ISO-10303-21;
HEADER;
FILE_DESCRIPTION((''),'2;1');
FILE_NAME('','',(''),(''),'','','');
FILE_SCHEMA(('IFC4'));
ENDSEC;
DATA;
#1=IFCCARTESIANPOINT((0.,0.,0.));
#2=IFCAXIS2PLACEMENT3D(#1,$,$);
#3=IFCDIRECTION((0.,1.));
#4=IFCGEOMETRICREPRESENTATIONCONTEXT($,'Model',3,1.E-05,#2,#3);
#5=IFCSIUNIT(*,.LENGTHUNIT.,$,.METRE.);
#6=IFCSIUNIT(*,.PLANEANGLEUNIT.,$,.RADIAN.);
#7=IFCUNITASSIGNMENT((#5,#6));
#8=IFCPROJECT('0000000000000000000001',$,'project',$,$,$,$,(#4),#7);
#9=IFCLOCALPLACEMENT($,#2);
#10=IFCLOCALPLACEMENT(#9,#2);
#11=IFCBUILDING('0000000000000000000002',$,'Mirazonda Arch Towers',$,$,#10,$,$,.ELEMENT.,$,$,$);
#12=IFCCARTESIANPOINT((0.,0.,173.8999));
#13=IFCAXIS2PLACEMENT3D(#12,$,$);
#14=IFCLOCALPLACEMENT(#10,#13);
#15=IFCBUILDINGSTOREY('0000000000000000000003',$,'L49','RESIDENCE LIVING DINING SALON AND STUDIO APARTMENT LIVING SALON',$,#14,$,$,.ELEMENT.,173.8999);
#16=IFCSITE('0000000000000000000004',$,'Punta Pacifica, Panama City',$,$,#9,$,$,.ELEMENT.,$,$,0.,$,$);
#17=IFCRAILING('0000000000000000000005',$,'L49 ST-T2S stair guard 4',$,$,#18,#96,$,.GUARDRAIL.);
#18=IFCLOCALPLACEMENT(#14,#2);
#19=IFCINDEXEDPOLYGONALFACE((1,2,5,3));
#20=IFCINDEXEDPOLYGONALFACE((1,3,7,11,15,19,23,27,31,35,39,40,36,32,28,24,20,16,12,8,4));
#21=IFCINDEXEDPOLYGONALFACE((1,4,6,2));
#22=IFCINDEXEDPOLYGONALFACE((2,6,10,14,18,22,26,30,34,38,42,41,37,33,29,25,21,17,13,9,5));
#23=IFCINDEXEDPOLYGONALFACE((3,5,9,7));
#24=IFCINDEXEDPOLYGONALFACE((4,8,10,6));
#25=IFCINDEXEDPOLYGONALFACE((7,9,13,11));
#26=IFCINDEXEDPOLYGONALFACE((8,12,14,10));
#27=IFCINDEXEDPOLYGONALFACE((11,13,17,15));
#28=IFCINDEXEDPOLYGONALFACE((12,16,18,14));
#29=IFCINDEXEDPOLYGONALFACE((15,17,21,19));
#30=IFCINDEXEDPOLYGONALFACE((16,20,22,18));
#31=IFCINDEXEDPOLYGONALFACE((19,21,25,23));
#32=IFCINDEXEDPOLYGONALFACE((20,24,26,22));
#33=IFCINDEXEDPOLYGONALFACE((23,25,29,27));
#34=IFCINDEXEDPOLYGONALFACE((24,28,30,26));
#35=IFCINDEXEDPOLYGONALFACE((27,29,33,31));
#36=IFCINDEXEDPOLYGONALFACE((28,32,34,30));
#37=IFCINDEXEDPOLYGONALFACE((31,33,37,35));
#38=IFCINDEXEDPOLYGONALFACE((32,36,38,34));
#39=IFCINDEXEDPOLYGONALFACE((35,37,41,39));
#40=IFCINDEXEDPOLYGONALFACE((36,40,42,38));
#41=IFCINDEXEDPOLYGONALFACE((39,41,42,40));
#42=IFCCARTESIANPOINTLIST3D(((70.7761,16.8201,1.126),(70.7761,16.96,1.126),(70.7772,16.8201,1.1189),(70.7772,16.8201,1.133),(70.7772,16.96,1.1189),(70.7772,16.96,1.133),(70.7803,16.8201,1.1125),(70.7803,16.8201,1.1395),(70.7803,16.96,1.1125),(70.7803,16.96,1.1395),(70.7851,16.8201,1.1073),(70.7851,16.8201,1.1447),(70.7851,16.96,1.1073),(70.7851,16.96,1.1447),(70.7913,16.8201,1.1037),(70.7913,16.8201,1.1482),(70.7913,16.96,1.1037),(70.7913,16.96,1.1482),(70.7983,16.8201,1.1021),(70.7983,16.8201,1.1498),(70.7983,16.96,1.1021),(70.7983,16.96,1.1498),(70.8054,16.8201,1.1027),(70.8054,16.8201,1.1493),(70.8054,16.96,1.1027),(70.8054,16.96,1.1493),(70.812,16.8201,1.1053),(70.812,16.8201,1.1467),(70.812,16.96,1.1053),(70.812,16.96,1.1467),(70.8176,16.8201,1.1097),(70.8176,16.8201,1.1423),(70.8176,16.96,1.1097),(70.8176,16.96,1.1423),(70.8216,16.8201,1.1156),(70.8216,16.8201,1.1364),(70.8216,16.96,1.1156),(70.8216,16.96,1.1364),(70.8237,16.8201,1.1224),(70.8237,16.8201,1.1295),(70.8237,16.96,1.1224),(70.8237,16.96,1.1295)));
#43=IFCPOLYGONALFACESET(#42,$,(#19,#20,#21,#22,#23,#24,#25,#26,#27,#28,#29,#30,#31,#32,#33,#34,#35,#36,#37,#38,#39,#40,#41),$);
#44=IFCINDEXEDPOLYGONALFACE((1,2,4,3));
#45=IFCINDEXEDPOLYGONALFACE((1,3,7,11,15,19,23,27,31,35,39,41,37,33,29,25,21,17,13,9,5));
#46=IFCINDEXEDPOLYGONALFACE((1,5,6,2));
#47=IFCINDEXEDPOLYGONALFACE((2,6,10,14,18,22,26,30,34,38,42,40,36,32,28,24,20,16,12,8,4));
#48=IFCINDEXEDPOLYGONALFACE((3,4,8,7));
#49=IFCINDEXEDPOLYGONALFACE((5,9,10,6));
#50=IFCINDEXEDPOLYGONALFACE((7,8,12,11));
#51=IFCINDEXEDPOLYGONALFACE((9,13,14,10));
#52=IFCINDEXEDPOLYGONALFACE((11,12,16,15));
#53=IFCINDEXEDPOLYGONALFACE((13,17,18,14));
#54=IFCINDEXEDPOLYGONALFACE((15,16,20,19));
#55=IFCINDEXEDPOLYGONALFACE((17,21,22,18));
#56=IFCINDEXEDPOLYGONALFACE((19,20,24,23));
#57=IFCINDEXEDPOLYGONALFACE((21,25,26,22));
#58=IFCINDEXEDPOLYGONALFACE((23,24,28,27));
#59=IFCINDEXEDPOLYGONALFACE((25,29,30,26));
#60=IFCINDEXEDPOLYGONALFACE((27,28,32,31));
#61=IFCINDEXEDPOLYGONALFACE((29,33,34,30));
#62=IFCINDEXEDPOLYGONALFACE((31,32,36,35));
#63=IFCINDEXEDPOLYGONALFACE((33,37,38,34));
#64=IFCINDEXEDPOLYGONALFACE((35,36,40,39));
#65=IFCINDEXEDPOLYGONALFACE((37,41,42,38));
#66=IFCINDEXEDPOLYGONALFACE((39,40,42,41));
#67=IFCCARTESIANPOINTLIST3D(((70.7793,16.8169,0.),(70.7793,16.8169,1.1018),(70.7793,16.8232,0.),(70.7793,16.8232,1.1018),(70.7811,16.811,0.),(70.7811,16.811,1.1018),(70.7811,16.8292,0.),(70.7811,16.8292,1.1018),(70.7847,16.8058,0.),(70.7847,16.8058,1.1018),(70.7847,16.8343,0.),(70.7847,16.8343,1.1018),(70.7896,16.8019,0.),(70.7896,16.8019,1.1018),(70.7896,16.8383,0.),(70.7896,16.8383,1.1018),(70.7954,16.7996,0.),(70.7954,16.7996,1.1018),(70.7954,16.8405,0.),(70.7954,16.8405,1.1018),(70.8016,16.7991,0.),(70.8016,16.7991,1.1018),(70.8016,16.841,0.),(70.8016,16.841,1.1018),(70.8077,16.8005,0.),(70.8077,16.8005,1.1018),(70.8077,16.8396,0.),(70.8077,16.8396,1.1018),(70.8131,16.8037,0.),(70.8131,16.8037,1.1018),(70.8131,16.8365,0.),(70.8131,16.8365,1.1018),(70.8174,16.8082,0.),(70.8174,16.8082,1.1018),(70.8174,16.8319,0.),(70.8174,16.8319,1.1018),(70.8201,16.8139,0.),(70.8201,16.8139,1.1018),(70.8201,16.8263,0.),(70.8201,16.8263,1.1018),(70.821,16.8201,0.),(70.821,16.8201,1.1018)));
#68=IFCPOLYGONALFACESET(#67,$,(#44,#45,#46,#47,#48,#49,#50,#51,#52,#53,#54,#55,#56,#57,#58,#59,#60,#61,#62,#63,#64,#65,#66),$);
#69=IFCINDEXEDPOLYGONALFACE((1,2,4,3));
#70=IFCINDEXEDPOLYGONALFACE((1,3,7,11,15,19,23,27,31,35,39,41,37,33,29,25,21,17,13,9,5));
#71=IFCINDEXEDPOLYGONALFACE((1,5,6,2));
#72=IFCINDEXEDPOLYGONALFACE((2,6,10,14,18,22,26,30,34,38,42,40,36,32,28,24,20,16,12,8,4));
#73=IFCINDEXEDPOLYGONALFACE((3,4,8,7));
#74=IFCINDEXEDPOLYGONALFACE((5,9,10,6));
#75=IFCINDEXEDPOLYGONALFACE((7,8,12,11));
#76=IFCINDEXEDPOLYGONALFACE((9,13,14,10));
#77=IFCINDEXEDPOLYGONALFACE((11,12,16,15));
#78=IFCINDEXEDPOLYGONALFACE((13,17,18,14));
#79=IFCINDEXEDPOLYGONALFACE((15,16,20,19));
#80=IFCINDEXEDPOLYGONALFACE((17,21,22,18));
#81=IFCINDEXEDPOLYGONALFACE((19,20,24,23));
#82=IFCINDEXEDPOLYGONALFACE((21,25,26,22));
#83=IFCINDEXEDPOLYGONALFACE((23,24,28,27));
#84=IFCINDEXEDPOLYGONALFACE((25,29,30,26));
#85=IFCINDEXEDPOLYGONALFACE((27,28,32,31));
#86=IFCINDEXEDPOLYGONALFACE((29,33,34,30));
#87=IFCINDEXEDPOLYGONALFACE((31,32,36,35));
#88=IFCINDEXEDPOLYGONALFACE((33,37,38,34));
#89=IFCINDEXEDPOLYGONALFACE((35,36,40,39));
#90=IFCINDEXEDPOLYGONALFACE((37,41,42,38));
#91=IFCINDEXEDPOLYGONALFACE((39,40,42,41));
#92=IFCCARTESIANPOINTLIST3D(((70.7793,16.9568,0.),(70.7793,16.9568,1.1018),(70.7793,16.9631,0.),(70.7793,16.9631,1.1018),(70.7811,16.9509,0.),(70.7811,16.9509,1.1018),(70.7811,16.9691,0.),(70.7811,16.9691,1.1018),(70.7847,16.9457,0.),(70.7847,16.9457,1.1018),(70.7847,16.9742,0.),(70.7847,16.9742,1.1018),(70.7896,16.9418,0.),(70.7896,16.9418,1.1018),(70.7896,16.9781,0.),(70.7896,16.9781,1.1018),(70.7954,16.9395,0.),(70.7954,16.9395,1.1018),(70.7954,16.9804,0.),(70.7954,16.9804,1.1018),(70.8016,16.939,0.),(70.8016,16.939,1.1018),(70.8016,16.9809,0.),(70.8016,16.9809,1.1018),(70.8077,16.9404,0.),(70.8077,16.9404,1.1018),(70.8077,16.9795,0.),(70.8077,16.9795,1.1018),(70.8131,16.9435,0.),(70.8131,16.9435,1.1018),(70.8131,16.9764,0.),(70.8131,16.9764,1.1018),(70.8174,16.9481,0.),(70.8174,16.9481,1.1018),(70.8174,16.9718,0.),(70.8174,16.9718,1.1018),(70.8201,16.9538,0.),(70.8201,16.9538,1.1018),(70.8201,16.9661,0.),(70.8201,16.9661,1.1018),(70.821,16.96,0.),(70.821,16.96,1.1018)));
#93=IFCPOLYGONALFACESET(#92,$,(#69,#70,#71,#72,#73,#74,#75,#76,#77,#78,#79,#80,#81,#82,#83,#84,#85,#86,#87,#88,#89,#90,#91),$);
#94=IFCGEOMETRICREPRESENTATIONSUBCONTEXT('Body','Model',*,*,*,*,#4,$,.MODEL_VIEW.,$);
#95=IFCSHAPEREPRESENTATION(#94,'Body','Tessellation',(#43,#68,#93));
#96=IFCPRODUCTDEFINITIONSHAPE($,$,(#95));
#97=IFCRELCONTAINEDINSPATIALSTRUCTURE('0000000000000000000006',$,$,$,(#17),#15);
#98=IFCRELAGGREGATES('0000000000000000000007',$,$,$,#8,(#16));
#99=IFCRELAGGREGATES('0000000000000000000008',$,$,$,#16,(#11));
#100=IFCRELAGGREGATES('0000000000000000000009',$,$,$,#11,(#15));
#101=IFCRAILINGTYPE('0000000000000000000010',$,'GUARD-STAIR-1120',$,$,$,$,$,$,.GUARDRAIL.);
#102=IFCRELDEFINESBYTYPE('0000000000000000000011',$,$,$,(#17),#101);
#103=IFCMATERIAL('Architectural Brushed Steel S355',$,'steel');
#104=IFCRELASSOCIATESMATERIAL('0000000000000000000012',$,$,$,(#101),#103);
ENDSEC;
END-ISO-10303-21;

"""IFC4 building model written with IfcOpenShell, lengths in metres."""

from ifc_helpers import new_model, si_unit, direction, frame, origin, origin_2d, place, context, subcontext, project, spatial, circle, extrude, material, type_object, element, save


model = new_model("IFC4")

# Units and contexts
model_context = context("Model", 3, precision=1e-05, world=origin(), true_north=direction((0.0, 1.0)))
body_context = subcontext(model_context, "Body", "Model", "MODEL_VIEW")
ifc_project = project(units=[si_unit("LENGTHUNIT", "METRE"), si_unit("PLANEANGLEUNIT", "RADIAN")], contexts=[model_context])

# Site, building, storey
site_placement = place(None, origin())
site = spatial("IfcSite", under=ifc_project, at=site_placement, Name="Punta Pacifica, Panama City", CompositionType="ELEMENT", RefElevation=0.0)
building_placement = place(site_placement, origin())
building = spatial("IfcBuilding", under=site, at=building_placement, Name="Mirazonda Arch Towers", CompositionType="ELEMENT")
storey_placement = place(building_placement, frame((0.0, 0.0, 173.8999)))
storey = spatial("IfcBuildingStorey", under=building, at=storey_placement, Name="L49", Description="RESIDENCE LIVING DINING SALON AND STUDIO APARTMENT LIVING SALON", CompositionType="ELEMENT", Elevation=173.8999)

# Shared definitions
ifc_material_1 = material(Name="Architectural Brushed Steel S355", Category="steel")

# Railing
railing_type = type_object("IfcRailingType", Name="GUARD-STAIR-1120", PredefinedType="GUARDRAIL", material=ifc_material_1)
railing_1_placement = place(storey_placement, frame((70.8, 16.8201, 0.0)))
element("IfcRailing", 1, at=railing_1_placement, inside=storey, type_object=railing_type, Name="L49 ST-T2S stair guard 4", PredefinedType="GUARDRAIL", context=body_context, shape_type="SweptSolid", body=[
    extrude(circle(Radius=0.0239, at=origin_2d()), frame((0.0, 0.0, 1.126), z_axis=(0.0, 1.0, 0.0), x_axis=(-1.0, 0.0, 0.0)), (0.0, 0.0, 1.0), 0.1399),
    extrude(circle(Radius=0.021, at=origin_2d()), origin(), (0.0, 0.0, 1.0), 1.1018),
    extrude(circle(Radius=0.021, at=origin_2d()), frame((0.0, 0.1399, 0.0)), (0.0, 0.0, 1.0), 1.1018),
])

save(model, "model.ifc")
